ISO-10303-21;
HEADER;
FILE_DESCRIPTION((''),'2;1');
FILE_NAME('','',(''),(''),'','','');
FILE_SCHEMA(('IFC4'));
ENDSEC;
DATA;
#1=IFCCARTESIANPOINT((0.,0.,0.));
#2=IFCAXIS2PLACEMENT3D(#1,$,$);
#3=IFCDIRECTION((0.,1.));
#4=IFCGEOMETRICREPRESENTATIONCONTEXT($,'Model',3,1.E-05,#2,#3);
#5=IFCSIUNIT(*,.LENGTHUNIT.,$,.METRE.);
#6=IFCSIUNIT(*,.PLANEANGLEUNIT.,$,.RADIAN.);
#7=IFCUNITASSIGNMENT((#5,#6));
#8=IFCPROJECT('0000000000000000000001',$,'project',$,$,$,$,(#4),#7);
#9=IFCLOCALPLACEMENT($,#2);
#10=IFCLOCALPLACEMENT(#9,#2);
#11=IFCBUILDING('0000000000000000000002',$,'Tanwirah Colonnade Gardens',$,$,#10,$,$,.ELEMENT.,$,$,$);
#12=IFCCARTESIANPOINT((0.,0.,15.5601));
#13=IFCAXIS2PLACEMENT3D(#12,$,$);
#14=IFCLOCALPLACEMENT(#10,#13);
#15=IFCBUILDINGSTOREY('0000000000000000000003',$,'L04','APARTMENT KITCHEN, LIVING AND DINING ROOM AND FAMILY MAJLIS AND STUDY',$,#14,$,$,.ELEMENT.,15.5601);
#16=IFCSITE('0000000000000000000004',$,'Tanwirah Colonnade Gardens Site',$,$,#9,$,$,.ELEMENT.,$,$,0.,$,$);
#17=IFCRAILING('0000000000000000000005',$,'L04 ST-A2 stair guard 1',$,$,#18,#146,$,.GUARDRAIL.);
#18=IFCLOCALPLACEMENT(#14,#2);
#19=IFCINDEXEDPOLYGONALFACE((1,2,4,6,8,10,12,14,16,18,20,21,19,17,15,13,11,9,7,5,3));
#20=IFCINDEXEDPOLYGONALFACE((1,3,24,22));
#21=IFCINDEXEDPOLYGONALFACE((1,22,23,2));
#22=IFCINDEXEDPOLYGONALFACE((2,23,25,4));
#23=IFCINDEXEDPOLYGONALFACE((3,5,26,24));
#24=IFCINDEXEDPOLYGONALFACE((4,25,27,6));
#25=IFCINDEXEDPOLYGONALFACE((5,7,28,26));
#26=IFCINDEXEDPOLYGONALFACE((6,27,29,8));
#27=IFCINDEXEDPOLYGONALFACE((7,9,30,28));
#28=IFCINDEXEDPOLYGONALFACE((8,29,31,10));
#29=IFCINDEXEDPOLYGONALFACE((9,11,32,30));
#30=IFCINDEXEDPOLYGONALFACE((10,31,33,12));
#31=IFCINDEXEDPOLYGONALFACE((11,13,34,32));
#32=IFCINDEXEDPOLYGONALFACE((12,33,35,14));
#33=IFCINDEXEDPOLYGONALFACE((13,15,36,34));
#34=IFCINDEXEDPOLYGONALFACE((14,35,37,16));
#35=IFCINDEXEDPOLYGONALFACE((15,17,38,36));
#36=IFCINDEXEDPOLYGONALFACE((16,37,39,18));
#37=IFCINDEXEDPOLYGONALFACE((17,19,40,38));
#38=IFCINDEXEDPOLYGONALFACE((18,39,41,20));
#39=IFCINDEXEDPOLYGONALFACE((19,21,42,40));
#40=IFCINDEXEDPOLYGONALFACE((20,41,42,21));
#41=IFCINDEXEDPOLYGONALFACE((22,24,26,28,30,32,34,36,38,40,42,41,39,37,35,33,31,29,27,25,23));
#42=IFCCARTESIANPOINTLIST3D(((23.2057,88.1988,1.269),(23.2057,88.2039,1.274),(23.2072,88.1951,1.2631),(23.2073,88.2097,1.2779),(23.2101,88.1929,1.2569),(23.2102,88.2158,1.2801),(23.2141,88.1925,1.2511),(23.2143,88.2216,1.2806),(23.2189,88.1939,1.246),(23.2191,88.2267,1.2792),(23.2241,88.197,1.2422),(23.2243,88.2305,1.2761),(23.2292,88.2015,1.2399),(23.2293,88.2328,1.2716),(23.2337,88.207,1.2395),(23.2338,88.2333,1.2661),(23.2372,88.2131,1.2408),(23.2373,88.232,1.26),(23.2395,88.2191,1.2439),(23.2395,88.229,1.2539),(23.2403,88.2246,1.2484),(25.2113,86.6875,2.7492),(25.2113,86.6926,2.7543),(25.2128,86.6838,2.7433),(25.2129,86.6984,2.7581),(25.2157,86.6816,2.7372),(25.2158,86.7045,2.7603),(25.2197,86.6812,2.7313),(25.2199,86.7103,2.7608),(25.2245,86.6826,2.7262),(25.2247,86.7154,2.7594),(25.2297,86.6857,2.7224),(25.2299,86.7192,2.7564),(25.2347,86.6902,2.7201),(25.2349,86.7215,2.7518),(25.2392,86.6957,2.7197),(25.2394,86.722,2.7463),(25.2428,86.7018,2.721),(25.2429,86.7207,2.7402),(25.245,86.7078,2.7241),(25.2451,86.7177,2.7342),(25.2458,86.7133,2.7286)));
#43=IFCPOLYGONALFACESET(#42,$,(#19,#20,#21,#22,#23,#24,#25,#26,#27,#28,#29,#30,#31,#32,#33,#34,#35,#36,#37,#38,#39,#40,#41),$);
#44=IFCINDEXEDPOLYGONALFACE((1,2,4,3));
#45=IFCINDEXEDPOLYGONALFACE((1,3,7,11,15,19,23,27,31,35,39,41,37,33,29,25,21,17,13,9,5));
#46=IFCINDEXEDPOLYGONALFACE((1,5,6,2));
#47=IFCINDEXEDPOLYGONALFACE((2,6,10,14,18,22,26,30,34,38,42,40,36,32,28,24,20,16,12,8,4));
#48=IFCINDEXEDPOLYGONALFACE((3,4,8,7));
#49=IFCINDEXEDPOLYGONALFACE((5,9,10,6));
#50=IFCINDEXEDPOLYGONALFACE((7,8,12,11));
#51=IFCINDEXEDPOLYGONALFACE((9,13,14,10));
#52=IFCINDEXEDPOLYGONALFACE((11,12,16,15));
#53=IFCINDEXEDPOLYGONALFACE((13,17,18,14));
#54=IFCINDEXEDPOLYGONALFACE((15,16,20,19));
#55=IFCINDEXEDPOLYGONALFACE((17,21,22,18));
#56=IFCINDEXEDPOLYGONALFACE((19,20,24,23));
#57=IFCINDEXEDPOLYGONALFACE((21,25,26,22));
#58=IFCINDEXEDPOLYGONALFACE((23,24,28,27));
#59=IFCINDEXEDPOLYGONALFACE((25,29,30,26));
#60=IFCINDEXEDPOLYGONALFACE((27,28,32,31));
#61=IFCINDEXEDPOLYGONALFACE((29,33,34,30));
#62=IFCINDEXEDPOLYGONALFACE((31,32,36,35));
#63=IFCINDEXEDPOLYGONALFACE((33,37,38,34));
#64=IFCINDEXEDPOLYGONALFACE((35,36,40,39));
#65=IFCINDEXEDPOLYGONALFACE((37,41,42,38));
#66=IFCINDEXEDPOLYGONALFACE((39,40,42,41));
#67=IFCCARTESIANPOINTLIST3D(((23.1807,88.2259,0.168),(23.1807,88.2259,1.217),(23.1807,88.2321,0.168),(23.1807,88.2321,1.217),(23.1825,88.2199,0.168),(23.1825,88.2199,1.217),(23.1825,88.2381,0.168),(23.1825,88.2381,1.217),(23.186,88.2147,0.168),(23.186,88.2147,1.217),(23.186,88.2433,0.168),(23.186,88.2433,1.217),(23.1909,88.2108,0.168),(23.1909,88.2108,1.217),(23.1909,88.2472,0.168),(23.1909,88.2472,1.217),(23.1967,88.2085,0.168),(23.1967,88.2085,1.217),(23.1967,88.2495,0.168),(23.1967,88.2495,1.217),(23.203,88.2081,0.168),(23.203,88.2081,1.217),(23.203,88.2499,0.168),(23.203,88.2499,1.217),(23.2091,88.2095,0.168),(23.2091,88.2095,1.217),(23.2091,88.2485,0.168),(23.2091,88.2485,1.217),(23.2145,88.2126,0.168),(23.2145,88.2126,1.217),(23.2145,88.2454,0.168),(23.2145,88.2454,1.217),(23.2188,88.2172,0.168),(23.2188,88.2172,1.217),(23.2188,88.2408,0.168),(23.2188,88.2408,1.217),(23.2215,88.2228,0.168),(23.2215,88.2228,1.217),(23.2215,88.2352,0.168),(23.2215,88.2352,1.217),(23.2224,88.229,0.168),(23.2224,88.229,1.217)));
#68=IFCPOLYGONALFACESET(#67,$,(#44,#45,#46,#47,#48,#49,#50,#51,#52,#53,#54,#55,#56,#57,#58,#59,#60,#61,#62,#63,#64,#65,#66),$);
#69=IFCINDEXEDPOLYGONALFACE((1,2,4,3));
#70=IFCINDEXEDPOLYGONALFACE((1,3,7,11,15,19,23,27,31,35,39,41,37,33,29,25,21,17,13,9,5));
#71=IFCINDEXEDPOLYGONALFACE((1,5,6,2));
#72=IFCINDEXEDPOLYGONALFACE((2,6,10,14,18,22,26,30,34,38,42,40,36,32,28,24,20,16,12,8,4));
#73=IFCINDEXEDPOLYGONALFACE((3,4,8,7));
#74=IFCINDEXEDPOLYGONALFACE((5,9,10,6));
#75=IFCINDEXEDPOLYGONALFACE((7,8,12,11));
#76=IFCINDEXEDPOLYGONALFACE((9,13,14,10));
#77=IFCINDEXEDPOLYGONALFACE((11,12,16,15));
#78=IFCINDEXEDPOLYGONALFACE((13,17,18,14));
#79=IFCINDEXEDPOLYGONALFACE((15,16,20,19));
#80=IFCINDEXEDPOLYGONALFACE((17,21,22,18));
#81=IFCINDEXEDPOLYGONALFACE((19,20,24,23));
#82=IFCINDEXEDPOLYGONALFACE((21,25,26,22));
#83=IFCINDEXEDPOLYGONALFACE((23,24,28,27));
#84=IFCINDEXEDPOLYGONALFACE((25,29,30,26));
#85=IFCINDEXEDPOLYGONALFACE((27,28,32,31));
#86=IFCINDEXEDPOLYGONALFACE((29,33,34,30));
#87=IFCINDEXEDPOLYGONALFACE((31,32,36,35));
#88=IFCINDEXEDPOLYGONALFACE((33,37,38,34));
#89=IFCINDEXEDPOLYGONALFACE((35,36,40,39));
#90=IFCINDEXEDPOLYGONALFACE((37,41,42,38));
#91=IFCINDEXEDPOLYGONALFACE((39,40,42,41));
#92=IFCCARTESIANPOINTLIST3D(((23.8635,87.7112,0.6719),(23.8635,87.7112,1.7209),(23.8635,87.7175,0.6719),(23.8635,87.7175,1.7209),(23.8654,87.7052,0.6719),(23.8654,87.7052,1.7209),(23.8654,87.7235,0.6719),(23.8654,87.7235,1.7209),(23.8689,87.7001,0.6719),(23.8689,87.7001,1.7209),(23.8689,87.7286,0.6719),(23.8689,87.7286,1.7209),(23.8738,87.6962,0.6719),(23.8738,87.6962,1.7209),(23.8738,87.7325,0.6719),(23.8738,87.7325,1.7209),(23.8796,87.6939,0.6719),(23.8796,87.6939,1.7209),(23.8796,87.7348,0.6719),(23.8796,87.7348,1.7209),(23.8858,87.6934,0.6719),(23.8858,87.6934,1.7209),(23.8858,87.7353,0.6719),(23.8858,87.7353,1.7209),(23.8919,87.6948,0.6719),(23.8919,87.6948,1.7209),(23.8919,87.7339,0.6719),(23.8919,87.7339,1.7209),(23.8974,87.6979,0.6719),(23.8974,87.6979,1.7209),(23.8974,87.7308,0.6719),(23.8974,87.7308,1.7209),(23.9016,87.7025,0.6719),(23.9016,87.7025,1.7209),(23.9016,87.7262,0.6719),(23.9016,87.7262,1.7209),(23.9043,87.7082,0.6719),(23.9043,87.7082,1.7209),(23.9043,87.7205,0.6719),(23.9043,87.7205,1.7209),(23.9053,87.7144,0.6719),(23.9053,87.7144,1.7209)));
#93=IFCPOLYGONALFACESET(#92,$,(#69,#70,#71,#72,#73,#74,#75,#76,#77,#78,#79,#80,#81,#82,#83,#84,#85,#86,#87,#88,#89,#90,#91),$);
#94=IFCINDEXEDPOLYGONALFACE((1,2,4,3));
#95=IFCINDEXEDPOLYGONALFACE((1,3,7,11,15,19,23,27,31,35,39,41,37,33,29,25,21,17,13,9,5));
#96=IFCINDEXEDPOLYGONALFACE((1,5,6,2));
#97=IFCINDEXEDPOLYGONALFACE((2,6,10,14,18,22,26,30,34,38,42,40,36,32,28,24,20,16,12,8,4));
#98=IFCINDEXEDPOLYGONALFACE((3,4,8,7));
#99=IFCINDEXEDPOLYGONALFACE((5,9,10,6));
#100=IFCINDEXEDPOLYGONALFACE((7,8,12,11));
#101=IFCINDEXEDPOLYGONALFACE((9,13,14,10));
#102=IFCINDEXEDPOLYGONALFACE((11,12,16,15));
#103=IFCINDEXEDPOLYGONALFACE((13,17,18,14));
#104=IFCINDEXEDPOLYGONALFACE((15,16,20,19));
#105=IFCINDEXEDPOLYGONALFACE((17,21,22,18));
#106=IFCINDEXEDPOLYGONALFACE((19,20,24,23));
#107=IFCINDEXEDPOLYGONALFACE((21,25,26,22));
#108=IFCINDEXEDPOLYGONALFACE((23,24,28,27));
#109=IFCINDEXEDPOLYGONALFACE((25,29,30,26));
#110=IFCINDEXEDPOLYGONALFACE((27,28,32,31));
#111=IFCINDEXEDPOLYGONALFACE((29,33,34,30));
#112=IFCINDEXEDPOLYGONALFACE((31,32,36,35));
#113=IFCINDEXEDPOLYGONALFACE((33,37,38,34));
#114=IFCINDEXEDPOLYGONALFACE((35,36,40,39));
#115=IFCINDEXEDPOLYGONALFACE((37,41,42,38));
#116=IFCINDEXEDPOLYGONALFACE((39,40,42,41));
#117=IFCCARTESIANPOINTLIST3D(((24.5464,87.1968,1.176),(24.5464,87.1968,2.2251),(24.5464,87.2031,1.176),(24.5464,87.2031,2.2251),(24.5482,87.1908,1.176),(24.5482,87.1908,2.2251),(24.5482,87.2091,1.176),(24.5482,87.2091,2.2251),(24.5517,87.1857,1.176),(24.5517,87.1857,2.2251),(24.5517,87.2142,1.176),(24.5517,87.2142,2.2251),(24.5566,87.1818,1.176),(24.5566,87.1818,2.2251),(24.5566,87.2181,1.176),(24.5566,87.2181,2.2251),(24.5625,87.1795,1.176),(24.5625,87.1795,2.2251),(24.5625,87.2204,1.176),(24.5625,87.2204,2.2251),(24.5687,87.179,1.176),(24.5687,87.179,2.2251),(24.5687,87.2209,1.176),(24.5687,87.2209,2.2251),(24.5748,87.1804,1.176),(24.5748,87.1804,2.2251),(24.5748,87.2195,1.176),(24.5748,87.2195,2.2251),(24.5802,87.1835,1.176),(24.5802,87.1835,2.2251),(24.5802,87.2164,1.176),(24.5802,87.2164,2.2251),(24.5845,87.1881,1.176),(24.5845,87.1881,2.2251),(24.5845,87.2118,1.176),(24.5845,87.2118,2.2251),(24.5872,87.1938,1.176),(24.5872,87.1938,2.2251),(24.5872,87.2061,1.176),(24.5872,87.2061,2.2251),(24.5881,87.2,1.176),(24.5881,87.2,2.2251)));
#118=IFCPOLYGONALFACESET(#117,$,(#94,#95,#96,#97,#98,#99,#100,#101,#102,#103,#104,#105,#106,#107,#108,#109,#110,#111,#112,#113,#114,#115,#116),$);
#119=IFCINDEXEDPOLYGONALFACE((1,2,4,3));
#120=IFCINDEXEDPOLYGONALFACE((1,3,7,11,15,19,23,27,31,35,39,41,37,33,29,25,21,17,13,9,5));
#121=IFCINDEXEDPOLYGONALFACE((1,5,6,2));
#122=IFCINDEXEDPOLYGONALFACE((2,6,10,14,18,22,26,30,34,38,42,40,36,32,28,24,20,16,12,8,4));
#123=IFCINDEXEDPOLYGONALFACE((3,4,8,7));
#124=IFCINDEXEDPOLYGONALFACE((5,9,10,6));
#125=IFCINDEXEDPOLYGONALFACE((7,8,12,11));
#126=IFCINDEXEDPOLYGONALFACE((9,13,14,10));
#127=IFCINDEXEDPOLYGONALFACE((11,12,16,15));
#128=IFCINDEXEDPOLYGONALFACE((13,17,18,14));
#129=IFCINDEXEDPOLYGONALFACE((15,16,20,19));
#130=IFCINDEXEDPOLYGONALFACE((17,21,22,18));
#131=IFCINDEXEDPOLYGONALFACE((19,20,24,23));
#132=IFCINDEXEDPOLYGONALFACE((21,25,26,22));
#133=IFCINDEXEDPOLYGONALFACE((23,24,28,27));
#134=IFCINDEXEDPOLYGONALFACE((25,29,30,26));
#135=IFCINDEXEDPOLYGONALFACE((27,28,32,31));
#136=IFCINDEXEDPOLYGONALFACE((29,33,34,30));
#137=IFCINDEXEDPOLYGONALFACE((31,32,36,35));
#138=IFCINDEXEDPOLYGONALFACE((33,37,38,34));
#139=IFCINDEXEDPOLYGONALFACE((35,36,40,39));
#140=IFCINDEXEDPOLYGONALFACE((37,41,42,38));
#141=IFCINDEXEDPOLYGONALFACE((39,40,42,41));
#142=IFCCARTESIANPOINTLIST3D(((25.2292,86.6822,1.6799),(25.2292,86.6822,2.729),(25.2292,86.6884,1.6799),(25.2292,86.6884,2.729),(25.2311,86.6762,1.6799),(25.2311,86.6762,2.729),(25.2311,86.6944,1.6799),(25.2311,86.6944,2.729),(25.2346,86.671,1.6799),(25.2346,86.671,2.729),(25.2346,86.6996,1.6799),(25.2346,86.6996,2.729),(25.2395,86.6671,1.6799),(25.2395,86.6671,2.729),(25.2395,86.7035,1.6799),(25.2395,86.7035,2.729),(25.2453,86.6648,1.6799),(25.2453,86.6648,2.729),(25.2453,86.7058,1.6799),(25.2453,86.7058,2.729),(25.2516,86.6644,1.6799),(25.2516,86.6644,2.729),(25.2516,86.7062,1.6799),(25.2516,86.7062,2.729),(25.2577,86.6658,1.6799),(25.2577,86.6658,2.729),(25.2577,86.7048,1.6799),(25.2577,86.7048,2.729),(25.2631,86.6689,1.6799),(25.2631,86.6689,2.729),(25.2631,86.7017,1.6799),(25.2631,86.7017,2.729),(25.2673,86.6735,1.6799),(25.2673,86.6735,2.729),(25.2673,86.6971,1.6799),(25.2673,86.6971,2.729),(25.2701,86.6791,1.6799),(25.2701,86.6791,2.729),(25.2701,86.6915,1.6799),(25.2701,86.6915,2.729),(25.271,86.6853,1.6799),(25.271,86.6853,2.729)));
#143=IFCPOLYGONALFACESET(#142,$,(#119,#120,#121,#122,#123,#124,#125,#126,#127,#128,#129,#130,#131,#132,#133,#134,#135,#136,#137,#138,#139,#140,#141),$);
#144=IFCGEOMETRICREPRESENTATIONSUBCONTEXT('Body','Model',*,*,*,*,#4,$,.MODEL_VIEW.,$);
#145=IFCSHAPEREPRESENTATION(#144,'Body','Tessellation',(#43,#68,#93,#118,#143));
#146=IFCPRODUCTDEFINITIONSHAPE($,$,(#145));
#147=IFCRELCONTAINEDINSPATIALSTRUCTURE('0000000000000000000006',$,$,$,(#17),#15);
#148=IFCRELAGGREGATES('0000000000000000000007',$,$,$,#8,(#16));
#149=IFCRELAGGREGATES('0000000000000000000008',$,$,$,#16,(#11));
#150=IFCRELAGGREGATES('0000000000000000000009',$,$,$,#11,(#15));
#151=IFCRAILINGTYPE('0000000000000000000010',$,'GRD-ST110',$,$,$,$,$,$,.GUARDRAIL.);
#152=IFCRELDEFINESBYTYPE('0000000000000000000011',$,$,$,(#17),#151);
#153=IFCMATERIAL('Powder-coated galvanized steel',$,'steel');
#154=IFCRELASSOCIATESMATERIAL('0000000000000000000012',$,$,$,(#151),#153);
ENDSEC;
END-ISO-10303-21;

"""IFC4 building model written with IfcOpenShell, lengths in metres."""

from ifc_helpers import new_model, si_unit, direction, frame, origin, origin_2d, place, context, subcontext, project, spatial, circle, extrude, material, type_object, element, save


model = new_model("IFC4")

# Units and contexts
model_context = context("Model", 3, precision=1e-05, world=origin(), true_north=direction((0.0, 1.0)))
body_context = subcontext(model_context, "Body", "Model", "MODEL_VIEW")
ifc_project = project(units=[si_unit("LENGTHUNIT", "METRE"), si_unit("PLANEANGLEUNIT", "RADIAN")], contexts=[model_context])

# Site, building, storey
site_placement = place(None, origin())
site = spatial("IfcSite", under=ifc_project, at=site_placement, Name="Tanwirah Colonnade Gardens Site", CompositionType="ELEMENT", RefElevation=0.0)
building_placement = place(site_placement, origin())
building = spatial("IfcBuilding", under=site, at=building_placement, Name="Tanwirah Colonnade Gardens", CompositionType="ELEMENT")
storey_placement = place(building_placement, frame((0.0, 0.0, 15.5601)))
storey = spatial("IfcBuildingStorey", under=building, at=storey_placement, Name="L04", Description="APARTMENT KITCHEN, LIVING AND DINING ROOM AND FAMILY MAJLIS AND STUDY", CompositionType="ELEMENT", Elevation=15.5601)

# Railing
ifc_material_1 = material(Name="Powder-coated galvanized steel", Category="steel")
railing_type_1 = type_object("IfcRailingType", Name="GRD-ST110", PredefinedType="GUARDRAIL", material=ifc_material_1)
railing_1_placement = place(storey_placement, frame((23.2014, 88.229, 0.168)))
element("IfcRailing", 1, at=railing_1_placement, inside=storey, type_object=railing_type_1, Name="L04 ST-A2 stair guard 1", PredefinedType="GUARDRAIL", context=body_context, shape_type="SweptSolid", body=[
    extrude(circle(Radius=0.0239, at=origin_2d()), frame((0.0215, -0.0161, 1.092), z_axis=(0.688012, -0.518449, 0.507789), x_axis=(0.601811, 0.798639, 0.0)), (0.0, 0.0, 1.0), 2.915),
    extrude(circle(Radius=0.021, at=origin_2d()), origin(), (0.0, 0.0, 1.0), 1.0491),
    extrude(circle(Radius=0.021, at=origin_2d()), frame((0.6829, -0.5146, 0.5039)), (0.0, 0.0, 1.0), 1.0491),
    extrude(circle(Radius=0.021, at=origin_2d()), frame((1.3657, -1.0291, 1.0081)), (0.0, 0.0, 1.0), 1.0491),
    extrude(circle(Radius=0.021, at=origin_2d()), frame((2.0486, -1.5437, 1.512)), (0.0, 0.0, 1.0), 1.0491),
])

save(model, "model.ifc")
